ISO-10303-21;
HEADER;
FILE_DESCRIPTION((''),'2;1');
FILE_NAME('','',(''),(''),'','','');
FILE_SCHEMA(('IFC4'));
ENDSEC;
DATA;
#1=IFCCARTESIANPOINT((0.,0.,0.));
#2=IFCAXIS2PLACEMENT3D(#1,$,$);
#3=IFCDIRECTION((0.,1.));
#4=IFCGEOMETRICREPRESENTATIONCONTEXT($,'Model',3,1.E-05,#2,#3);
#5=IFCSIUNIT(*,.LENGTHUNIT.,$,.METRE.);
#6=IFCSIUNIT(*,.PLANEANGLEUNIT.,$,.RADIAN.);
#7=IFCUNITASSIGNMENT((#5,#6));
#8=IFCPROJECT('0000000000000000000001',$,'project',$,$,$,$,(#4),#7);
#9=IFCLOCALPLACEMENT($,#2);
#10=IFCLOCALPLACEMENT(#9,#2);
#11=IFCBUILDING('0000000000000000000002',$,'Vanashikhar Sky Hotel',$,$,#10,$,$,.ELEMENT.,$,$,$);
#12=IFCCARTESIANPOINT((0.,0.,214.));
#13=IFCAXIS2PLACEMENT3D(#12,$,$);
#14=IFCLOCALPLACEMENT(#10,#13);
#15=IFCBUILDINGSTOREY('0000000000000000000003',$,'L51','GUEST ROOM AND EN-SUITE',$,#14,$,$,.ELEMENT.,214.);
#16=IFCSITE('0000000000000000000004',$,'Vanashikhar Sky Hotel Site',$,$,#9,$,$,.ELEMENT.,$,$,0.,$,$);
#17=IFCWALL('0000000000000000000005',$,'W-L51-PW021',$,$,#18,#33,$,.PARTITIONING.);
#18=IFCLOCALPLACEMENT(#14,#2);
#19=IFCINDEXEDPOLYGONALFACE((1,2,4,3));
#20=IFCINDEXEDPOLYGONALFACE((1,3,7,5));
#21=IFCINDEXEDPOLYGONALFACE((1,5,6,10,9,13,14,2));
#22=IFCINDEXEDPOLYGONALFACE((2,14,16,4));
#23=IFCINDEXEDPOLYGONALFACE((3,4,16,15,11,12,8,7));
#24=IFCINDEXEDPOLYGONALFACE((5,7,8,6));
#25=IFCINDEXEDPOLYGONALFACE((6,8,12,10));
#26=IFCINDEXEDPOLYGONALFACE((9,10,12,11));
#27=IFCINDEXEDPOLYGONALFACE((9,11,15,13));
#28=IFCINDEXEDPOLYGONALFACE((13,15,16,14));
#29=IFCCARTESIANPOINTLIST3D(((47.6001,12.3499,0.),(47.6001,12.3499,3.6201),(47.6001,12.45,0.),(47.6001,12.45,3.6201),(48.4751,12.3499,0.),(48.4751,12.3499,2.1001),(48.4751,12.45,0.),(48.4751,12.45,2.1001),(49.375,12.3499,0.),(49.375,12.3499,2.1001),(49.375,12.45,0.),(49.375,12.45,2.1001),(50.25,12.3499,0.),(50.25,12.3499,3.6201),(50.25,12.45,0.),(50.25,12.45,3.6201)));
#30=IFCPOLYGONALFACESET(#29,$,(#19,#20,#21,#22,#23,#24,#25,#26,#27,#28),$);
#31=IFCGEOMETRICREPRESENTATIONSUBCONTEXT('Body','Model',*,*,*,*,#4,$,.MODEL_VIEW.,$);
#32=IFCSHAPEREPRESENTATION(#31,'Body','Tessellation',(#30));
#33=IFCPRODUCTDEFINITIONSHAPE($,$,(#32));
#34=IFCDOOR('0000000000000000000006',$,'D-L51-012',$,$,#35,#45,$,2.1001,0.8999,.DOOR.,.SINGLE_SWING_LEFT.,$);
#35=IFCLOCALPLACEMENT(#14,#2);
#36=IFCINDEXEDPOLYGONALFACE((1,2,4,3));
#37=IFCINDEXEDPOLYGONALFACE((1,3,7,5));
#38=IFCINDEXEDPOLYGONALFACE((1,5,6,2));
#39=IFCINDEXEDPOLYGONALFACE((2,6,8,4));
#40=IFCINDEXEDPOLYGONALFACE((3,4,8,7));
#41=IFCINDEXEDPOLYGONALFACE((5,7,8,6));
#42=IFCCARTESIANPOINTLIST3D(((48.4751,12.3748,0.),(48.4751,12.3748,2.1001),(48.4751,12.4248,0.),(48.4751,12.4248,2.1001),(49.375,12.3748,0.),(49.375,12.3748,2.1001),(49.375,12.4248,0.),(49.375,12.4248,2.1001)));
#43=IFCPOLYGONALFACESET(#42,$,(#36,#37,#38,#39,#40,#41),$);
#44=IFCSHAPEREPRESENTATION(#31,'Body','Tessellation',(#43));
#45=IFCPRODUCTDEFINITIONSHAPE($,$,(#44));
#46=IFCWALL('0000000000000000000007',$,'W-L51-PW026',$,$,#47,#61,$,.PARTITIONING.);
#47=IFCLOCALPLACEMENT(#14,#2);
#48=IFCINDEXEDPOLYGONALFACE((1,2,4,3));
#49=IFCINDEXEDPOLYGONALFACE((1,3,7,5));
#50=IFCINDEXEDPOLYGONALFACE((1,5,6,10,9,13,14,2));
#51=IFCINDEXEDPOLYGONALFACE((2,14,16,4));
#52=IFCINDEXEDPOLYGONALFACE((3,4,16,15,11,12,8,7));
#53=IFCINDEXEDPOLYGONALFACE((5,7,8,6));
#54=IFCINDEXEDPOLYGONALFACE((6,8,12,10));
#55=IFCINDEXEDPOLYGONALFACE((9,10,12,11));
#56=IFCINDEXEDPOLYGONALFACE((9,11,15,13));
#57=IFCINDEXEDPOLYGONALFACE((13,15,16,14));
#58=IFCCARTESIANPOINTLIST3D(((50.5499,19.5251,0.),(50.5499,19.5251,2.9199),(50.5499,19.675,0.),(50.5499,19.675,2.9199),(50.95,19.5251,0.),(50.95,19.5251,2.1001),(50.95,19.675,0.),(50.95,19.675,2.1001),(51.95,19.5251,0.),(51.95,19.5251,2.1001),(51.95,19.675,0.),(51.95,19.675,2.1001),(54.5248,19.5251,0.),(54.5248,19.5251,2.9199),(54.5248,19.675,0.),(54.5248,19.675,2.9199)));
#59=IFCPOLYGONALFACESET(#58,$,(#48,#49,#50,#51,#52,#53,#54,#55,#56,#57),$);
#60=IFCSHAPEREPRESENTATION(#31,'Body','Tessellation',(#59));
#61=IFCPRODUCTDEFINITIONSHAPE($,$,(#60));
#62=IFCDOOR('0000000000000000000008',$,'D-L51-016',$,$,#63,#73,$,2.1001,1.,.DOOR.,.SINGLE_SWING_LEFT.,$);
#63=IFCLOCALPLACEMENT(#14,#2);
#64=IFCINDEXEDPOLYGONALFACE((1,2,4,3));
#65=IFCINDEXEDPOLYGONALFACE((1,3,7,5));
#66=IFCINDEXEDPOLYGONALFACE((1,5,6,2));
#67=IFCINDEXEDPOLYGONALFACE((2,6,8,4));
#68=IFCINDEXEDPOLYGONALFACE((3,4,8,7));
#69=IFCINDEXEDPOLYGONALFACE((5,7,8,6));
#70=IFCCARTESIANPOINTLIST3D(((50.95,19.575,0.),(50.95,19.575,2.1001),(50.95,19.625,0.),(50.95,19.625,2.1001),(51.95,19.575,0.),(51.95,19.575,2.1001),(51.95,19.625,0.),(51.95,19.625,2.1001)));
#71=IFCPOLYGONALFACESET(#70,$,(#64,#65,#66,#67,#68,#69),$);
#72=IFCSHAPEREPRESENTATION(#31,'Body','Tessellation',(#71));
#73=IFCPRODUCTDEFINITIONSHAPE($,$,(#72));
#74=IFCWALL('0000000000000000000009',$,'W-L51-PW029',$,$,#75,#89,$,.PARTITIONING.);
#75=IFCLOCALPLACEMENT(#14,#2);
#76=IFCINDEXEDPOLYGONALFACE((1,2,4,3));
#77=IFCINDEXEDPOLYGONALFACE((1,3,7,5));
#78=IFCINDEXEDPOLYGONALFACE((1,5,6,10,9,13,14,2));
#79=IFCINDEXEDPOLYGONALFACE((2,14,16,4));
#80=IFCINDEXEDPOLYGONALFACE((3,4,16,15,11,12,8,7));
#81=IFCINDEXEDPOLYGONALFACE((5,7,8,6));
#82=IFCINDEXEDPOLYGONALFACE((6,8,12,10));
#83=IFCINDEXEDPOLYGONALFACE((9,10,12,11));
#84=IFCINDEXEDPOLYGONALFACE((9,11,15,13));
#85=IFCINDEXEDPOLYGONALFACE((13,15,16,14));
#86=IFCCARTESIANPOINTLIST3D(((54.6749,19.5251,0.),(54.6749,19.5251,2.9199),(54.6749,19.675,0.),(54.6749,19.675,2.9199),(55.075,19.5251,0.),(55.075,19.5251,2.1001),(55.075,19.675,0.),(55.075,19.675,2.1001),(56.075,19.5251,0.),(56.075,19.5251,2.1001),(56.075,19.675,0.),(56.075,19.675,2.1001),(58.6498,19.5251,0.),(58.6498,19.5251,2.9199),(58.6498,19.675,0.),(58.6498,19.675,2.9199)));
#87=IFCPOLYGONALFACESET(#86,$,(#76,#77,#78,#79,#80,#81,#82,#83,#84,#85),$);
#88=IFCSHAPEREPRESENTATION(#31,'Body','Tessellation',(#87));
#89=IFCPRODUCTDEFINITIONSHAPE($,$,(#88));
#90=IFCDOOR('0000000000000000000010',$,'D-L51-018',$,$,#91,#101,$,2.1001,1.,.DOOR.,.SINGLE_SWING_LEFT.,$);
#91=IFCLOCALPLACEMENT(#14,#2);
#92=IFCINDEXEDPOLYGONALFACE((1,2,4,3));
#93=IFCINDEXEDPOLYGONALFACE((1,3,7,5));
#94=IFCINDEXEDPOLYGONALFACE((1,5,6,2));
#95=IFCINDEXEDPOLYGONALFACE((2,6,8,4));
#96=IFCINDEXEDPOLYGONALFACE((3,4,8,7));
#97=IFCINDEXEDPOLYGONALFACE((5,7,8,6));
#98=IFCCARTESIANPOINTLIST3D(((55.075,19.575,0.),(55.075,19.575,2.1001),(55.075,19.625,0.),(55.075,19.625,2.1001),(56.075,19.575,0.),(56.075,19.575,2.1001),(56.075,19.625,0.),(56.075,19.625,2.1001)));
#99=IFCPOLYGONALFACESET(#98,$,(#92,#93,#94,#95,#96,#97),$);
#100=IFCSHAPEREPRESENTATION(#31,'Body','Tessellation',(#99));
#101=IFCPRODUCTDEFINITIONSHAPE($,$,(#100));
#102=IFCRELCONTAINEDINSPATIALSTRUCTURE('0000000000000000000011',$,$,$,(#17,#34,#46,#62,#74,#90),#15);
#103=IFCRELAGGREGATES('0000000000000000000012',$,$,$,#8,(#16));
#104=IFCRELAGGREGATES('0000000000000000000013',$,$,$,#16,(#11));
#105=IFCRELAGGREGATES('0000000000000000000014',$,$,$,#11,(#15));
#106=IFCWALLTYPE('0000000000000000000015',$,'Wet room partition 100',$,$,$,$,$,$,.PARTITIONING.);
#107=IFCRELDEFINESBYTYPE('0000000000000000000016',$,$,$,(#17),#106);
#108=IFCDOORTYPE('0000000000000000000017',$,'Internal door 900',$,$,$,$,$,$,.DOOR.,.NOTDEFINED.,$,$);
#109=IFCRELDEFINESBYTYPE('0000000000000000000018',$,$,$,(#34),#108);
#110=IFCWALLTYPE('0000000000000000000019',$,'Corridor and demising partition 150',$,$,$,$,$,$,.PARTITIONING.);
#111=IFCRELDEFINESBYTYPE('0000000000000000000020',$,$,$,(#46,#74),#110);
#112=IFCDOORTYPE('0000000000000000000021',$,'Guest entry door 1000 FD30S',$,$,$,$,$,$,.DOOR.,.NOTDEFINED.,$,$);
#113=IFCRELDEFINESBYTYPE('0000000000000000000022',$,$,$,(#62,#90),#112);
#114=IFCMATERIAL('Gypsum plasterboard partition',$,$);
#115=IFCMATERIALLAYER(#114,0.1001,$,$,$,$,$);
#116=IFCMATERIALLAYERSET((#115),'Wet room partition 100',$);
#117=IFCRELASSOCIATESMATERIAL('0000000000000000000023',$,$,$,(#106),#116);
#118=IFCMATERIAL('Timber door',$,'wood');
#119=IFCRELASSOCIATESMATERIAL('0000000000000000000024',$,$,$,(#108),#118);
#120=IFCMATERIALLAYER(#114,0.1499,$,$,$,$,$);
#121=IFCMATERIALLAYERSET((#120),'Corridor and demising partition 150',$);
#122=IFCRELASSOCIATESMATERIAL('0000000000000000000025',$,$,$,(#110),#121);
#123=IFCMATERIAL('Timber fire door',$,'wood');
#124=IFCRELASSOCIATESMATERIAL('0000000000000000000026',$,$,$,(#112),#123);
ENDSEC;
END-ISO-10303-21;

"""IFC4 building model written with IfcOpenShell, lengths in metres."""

from ifc_helpers import new_model, si_unit, direction, frame, frame_2d, origin, place, context, subcontext, project, spatial, rectangle, extrude, source, transform, mapped, material, layer, layer_set, type_object, element, fill, save


model = new_model("IFC4")

# Units and contexts
model_context = context("Model", 3, precision=1e-05, world=origin(), true_north=direction((0.0, 1.0)))
body_context = subcontext(model_context, "Body", "Model", "MODEL_VIEW")
ifc_project = project(units=[si_unit("LENGTHUNIT", "METRE"), si_unit("PLANEANGLEUNIT", "RADIAN")], contexts=[model_context])

# Site, building, storey
site_placement = place(None, origin())
site = spatial("IfcSite", under=ifc_project, at=site_placement, Name="Vanashikhar Sky Hotel Site", CompositionType="ELEMENT", RefElevation=0.0)
building_placement = place(site_placement, origin())
building = spatial("IfcBuilding", under=site, at=building_placement, Name="Vanashikhar Sky Hotel", CompositionType="ELEMENT")
storey_placement = place(building_placement, frame((0.0, 0.0, 214.0)))
storey = spatial("IfcBuildingStorey", under=building, at=storey_placement, Name="L51", Description="GUEST ROOM AND EN-SUITE", CompositionType="ELEMENT", Elevation=214.0)

# Shared definitions
ifc_material_1 = material(Name="Gypsum plasterboard partition")
ifc_layer_1 = layer(ifc_material_1, 0.1001)
ifc_layer_set_1 = layer_set([ifc_layer_1], Name="Wet room partition 100")
wall_type_1 = type_object("IfcWallType", Name="Wet room partition 100", PredefinedType="PARTITIONING", material=ifc_layer_set_1)

# Walls, openings, doors
shared_shape_1 = source(origin(), body_context, "Body", "SweptSolid", [
    extrude(rectangle(XDim=0.8999, YDim=2.1001, at=frame_2d((0.45, 1.05))), frame((0.0, 0.0601, 0.0), z_axis=(0.0, -1.0, 0.0), x_axis=(1.0, 0.0, 0.0)), (0.0, 0.0, 1.0), 0.1201),
])
ifc_material_2 = material(Name="Timber door", Category="wood")
door_type_1 = type_object("IfcDoorType", Name="Internal door 900", OperationType="NOTDEFINED", PredefinedType="DOOR", material=ifc_material_2)
shared_shape_2 = source(origin(), body_context, "Body", "SweptSolid", [
    extrude(rectangle(XDim=0.8999, YDim=2.1001, at=frame_2d((0.45, 1.05))), frame((0.0, 0.0249, 0.0), z_axis=(0.0, -1.0, 0.0), x_axis=(1.0, 0.0, 0.0)), (0.0, 0.0, 1.0), 0.05),
])
ifc_layer_2 = layer(ifc_material_1, 0.1499)
ifc_layer_set_2 = layer_set([ifc_layer_2], Name="Corridor and demising partition 150")
wall_type_2 = type_object("IfcWallType", Name="Corridor and demising partition 150", PredefinedType="PARTITIONING", material=ifc_layer_set_2)
shared_shape_3 = source(origin(), body_context, "Body", "SweptSolid", [
    extrude(rectangle(XDim=1.0, YDim=2.1001, at=frame_2d((0.5, 1.05))), frame((0.0, 0.085, 0.0), z_axis=(0.0, -1.0, 0.0), x_axis=(1.0, 0.0, 0.0)), (0.0, 0.0, 1.0), 0.1699),
])
ifc_material_3 = material(Name="Timber fire door", Category="wood")
door_type_2 = type_object("IfcDoorType", Name="Guest entry door 1000 FD30S", OperationType="NOTDEFINED", PredefinedType="DOOR", material=ifc_material_3)
shared_shape_4 = source(origin(), body_context, "Body", "SweptSolid", [
    extrude(rectangle(XDim=1.0, YDim=2.1001, at=frame_2d((0.5, 1.05))), frame((0.0, 0.0249, 0.0), z_axis=(0.0, -1.0, 0.0), x_axis=(1.0, 0.0, 0.0)), (0.0, 0.0, 1.0), 0.05),
])
shared_shape_5 = source(origin(), body_context, "Body", "SweptSolid", [
    extrude(rectangle(XDim=2.6499, YDim=0.1001, at=frame_2d((1.325, 0.0))), origin(), (0.0, 0.0, 1.0), 3.6201),
])
wall_1_placement = place(storey_placement, frame((47.6001, 12.3999, 0.0), z_axis=(0.0, 0.0, 1.0), x_axis=(1.0, 0.0, 0.0)))
wall_1 = element("IfcWall", 1, at=wall_1_placement, inside=storey, type_object=wall_type_1, Name="W-L51-PW021", PredefinedType="PARTITIONING", context=body_context, shape_type="MappedRepresentation", body=[
    mapped(shared_shape_5, transform((0.0, 0.0, 0.0), scale=1.0)),
])
opening_1_placement = place(wall_1_placement, frame((0.875, 0.0, 0.0)))
opening_1 = element("IfcOpeningElement", 2, at=opening_1_placement, cuts=wall_1, PredefinedType="OPENING", context=body_context, shape_type="MappedRepresentation", body=[
    mapped(shared_shape_1, transform((0.0, 0.0, 0.0), scale=1.0)),
])
door_1_placement = place(opening_1_placement, origin())
door_1 = element("IfcDoor", 3, at=door_1_placement, inside=storey, type_object=door_type_1, Name="D-L51-012", OperationType="SINGLE_SWING_LEFT", OverallHeight=2.1001, OverallWidth=0.8999, PredefinedType="DOOR", context=body_context, shape_type="MappedRepresentation", body=[
    mapped(shared_shape_2, transform((0.0, 0.0, 0.0), scale=1.0)),
])
fill(opening_1, door_1)
shared_shape_6 = source(origin(), body_context, "Body", "SweptSolid", [
    extrude(rectangle(XDim=3.9749, YDim=0.1499, at=frame_2d((1.9873, 0.0))), origin(), (0.0, 0.0, 1.0), 2.9199),
])
wall_2_placement = place(storey_placement, frame((50.55, 19.6001, 0.0), z_axis=(0.0, 0.0, 1.0), x_axis=(1.0, 0.0, 0.0)))
wall_2 = element("IfcWall", 4, at=wall_2_placement, inside=storey, type_object=wall_type_2, Name="W-L51-PW026", PredefinedType="PARTITIONING", context=body_context, shape_type="MappedRepresentation", body=[
    mapped(shared_shape_6, transform((0.0, 0.0, 0.0), scale=1.0)),
])
opening_2_placement = place(wall_2_placement, frame((0.3999, 0.0, 0.0)))
opening_2 = element("IfcOpeningElement", 5, at=opening_2_placement, cuts=wall_2, PredefinedType="OPENING", context=body_context, shape_type="MappedRepresentation", body=[
    mapped(shared_shape_3, transform((0.0, 0.0, 0.0), scale=1.0)),
])
door_2_placement = place(opening_2_placement, origin())
door_2 = element("IfcDoor", 6, at=door_2_placement, inside=storey, type_object=door_type_2, Name="D-L51-016", OperationType="SINGLE_SWING_LEFT", OverallHeight=2.1001, OverallWidth=1.0, PredefinedType="DOOR", context=body_context, shape_type="MappedRepresentation", body=[
    mapped(shared_shape_4, transform((0.0, 0.0, 0.0), scale=1.0)),
])
fill(opening_2, door_2)
wall_3_placement = place(storey_placement, frame((54.675, 19.6001, 0.0), z_axis=(0.0, 0.0, 1.0), x_axis=(1.0, 0.0, 0.0)))
wall_3 = element("IfcWall", 7, at=wall_3_placement, inside=storey, type_object=wall_type_2, Name="W-L51-PW029", PredefinedType="PARTITIONING", context=body_context, shape_type="MappedRepresentation", body=[
    mapped(shared_shape_6, transform((0.0, 0.0, 0.0), scale=1.0)),
])
opening_3_placement = place(wall_3_placement, frame((0.3999, 0.0, 0.0)))
opening_3 = element("IfcOpeningElement", 8, at=opening_3_placement, cuts=wall_3, PredefinedType="OPENING", context=body_context, shape_type="MappedRepresentation", body=[
    mapped(shared_shape_3, transform((0.0, 0.0, 0.0), scale=1.0)),
])
door_3_placement = place(opening_3_placement, origin())
door_3 = element("IfcDoor", 9, at=door_3_placement, inside=storey, type_object=door_type_2, Name="D-L51-018", OperationType="SINGLE_SWING_LEFT", OverallHeight=2.1001, OverallWidth=1.0, PredefinedType="DOOR", context=body_context, shape_type="MappedRepresentation", body=[
    mapped(shared_shape_4, transform((0.0, 0.0, 0.0), scale=1.0)),
])
fill(opening_3, door_3)

save(model, "model.ifc")
